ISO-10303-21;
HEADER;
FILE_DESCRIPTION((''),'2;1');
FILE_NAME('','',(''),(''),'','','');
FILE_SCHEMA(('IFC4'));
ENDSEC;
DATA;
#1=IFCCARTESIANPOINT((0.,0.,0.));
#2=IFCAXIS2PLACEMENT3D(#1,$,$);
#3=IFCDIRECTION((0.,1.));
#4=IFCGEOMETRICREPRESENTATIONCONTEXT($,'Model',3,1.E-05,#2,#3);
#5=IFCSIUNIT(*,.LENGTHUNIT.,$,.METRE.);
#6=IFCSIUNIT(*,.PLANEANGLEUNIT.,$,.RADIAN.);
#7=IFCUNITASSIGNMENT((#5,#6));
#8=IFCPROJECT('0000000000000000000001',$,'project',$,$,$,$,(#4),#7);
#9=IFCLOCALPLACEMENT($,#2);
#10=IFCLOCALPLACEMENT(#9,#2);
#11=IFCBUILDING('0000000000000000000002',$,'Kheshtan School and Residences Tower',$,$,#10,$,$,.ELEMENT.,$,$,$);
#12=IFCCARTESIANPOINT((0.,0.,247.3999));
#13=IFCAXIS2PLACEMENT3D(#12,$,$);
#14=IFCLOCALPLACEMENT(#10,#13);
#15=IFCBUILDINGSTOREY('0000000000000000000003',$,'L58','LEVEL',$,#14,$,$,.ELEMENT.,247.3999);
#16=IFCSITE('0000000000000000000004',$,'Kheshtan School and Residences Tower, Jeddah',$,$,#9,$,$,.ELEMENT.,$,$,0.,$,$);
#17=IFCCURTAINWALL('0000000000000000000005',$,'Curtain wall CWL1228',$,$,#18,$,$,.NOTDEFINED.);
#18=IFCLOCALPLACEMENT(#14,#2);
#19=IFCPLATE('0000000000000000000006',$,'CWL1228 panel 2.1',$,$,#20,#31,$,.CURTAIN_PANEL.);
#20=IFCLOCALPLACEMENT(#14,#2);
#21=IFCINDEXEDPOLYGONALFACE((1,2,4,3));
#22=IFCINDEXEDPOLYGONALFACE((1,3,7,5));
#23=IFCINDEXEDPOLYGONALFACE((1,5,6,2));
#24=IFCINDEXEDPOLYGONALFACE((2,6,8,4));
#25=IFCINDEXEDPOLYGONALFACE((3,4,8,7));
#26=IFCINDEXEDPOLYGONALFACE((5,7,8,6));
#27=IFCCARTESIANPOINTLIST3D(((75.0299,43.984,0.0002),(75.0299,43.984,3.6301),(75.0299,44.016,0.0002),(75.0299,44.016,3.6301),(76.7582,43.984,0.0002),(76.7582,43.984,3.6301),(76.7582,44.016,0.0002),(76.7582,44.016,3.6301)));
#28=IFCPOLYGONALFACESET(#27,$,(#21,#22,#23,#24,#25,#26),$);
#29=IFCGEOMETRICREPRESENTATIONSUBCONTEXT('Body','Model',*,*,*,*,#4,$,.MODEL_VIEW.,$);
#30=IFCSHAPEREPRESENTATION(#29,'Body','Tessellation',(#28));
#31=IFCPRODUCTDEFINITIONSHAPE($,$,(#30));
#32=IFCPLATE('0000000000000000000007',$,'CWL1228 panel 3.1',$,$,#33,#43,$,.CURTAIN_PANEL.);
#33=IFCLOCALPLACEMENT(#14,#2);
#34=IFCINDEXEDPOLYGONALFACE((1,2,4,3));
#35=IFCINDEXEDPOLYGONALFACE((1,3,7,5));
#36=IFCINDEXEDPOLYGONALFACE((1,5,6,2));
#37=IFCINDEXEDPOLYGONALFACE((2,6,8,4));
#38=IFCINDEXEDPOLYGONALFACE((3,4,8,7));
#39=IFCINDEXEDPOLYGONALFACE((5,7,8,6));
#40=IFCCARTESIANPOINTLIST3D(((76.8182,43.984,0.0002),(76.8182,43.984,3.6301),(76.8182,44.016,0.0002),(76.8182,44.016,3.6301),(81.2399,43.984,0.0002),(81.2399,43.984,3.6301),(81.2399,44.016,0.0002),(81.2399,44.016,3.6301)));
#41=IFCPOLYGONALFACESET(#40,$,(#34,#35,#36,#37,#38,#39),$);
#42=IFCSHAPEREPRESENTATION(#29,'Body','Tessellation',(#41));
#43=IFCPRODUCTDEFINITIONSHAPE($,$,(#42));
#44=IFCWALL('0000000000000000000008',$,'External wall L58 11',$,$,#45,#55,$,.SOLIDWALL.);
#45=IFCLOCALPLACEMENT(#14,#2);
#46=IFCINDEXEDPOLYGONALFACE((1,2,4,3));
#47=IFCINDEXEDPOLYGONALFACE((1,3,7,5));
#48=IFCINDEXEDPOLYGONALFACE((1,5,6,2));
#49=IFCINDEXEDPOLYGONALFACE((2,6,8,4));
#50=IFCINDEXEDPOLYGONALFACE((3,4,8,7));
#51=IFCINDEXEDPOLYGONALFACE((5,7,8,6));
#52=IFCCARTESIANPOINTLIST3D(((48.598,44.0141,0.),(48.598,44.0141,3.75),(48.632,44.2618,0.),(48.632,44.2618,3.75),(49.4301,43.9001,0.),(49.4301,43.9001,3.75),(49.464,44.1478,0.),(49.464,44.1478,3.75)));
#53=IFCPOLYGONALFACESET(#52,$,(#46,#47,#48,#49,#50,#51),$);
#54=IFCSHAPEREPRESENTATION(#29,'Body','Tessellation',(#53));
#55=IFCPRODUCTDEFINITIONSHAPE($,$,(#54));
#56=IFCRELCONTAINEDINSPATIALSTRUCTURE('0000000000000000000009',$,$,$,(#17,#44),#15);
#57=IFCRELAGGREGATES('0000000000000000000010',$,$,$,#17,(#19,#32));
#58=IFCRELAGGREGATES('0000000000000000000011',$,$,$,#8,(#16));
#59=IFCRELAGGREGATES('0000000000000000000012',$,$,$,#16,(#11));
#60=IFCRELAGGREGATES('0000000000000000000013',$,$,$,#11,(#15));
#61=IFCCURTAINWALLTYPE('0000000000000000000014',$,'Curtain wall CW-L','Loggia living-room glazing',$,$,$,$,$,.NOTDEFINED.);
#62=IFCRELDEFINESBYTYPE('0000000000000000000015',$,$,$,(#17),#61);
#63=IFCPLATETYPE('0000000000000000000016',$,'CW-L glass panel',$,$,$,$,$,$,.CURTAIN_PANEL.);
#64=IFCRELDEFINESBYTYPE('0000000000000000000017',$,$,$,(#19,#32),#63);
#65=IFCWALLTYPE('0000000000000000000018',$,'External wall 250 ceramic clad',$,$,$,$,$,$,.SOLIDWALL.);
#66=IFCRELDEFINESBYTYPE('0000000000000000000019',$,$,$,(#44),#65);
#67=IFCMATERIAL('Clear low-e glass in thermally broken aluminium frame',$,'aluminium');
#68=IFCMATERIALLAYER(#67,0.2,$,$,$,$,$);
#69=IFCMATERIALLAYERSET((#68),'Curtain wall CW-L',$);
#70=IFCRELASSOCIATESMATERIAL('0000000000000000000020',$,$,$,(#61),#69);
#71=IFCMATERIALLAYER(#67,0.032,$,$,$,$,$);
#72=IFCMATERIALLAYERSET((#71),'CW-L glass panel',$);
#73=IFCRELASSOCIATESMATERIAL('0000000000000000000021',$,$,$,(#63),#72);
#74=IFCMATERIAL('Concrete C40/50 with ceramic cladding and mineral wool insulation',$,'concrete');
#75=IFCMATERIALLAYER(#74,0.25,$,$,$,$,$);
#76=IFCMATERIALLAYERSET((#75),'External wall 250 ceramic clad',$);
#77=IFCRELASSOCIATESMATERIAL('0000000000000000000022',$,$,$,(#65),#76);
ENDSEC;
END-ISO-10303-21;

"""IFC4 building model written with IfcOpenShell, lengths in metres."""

from ifc_helpers import new_model, si_unit, direction, frame, frame_2d, origin, origin_2d, place, context, subcontext, project, spatial, rectangle, extrude, material, layer, layer_set, type_object, element, aggregate, save


model = new_model("IFC4")

# Units and contexts
model_context = context("Model", 3, precision=1e-05, world=origin(), true_north=direction((0.0, 1.0)))
body_context = subcontext(model_context, "Body", "Model", "MODEL_VIEW")
ifc_project = project(units=[si_unit("LENGTHUNIT", "METRE"), si_unit("PLANEANGLEUNIT", "RADIAN")], contexts=[model_context])

# Site, building, storey
site_placement = place(None, origin())
site = spatial("IfcSite", under=ifc_project, at=site_placement, Name="Kheshtan School and Residences Tower, Jeddah", CompositionType="ELEMENT", RefElevation=0.0)
building_placement = place(site_placement, origin())
building = spatial("IfcBuilding", under=site, at=building_placement, Name="Kheshtan School and Residences Tower", CompositionType="ELEMENT")
storey_placement = place(building_placement, frame((0.0, 0.0, 247.3999)))
storey = spatial("IfcBuildingStorey", under=building, at=storey_placement, Name="L58", Description="LEVEL", CompositionType="ELEMENT", Elevation=247.3999)

# Curtain wall
ifc_material_1 = material(Name="Clear low-e glass in thermally broken aluminium frame", Category="aluminium")
ifc_layer_1 = layer(ifc_material_1, 0.2)
ifc_layer_set_1 = layer_set([ifc_layer_1], Name="Curtain wall CW-L")
curtain_wall_type = type_object("IfcCurtainWallType", Name="Curtain wall CW-L", Description="Loggia living-room glazing", PredefinedType="NOTDEFINED", material=ifc_layer_set_1)
curtain_wall_placement = place(storey_placement, origin())
curtain_wall = element("IfcCurtainWall", 1, at=curtain_wall_placement, inside=storey, type_object=curtain_wall_type, Name="Curtain wall CWL1228", PredefinedType="NOTDEFINED")

# Plates
ifc_layer_2 = layer(ifc_material_1, 0.032)
ifc_layer_set_2 = layer_set([ifc_layer_2], Name="CW-L glass panel")
plate_type = type_object("IfcPlateType", Name="CW-L glass panel", PredefinedType="CURTAIN_PANEL", material=ifc_layer_set_2)
plate_1_placement = place(storey_placement, frame((75.894, 44.0, 0.0002), z_axis=(0.0, 0.0, 1.0), x_axis=(1.0, 0.0, 0.0)))
plate_1 = element("IfcPlate", 2, at=plate_1_placement, type_object=plate_type, Name="CWL1228 panel 2.1", PredefinedType="CURTAIN_PANEL", context=body_context, shape_type="SweptSolid", body=[
    extrude(rectangle(XDim=1.7283, YDim=0.032, at=origin_2d()), origin(), (0.0, 0.0, 1.0), 3.6299),
])
plate_2_placement = place(storey_placement, frame((79.0291, 44.0, 0.0002), z_axis=(0.0, 0.0, 1.0), x_axis=(1.0, 0.0, 0.0)))
plate_2 = element("IfcPlate", 3, at=plate_2_placement, type_object=plate_type, Name="CWL1228 panel 3.1", PredefinedType="CURTAIN_PANEL", context=body_context, shape_type="SweptSolid", body=[
    extrude(rectangle(XDim=4.4216, YDim=0.032, at=origin_2d()), origin(), (0.0, 0.0, 1.0), 3.6299),
])
aggregate(curtain_wall, [plate_1, plate_2])

# Wall
ifc_material_2 = material(Name="Concrete C40/50 with ceramic cladding and mineral wool insulation", Category="concrete")
ifc_layer_3 = layer(ifc_material_2, 0.25)
ifc_layer_set_3 = layer_set([ifc_layer_3], Name="External wall 250 ceramic clad")
wall_type = type_object("IfcWallType", Name="External wall 250 ceramic clad", PredefinedType="SOLIDWALL", material=ifc_layer_set_3)
wall_placement = place(storey_placement, frame((48.615, 44.1379, 0.0), z_axis=(0.0, 0.0, 1.0), x_axis=(0.990742, -0.135762, 0.0)))
element("IfcWall", 4, at=wall_placement, inside=storey, type_object=wall_type, Name="External wall L58 11", PredefinedType="SOLIDWALL", context=body_context, shape_type="SweptSolid", body=[
    extrude(rectangle(XDim=0.8398, YDim=0.25, at=frame_2d((0.4199, 0.0))), origin(), (0.0, 0.0, 1.0), 3.75),
])

save(model, "model.ifc")
